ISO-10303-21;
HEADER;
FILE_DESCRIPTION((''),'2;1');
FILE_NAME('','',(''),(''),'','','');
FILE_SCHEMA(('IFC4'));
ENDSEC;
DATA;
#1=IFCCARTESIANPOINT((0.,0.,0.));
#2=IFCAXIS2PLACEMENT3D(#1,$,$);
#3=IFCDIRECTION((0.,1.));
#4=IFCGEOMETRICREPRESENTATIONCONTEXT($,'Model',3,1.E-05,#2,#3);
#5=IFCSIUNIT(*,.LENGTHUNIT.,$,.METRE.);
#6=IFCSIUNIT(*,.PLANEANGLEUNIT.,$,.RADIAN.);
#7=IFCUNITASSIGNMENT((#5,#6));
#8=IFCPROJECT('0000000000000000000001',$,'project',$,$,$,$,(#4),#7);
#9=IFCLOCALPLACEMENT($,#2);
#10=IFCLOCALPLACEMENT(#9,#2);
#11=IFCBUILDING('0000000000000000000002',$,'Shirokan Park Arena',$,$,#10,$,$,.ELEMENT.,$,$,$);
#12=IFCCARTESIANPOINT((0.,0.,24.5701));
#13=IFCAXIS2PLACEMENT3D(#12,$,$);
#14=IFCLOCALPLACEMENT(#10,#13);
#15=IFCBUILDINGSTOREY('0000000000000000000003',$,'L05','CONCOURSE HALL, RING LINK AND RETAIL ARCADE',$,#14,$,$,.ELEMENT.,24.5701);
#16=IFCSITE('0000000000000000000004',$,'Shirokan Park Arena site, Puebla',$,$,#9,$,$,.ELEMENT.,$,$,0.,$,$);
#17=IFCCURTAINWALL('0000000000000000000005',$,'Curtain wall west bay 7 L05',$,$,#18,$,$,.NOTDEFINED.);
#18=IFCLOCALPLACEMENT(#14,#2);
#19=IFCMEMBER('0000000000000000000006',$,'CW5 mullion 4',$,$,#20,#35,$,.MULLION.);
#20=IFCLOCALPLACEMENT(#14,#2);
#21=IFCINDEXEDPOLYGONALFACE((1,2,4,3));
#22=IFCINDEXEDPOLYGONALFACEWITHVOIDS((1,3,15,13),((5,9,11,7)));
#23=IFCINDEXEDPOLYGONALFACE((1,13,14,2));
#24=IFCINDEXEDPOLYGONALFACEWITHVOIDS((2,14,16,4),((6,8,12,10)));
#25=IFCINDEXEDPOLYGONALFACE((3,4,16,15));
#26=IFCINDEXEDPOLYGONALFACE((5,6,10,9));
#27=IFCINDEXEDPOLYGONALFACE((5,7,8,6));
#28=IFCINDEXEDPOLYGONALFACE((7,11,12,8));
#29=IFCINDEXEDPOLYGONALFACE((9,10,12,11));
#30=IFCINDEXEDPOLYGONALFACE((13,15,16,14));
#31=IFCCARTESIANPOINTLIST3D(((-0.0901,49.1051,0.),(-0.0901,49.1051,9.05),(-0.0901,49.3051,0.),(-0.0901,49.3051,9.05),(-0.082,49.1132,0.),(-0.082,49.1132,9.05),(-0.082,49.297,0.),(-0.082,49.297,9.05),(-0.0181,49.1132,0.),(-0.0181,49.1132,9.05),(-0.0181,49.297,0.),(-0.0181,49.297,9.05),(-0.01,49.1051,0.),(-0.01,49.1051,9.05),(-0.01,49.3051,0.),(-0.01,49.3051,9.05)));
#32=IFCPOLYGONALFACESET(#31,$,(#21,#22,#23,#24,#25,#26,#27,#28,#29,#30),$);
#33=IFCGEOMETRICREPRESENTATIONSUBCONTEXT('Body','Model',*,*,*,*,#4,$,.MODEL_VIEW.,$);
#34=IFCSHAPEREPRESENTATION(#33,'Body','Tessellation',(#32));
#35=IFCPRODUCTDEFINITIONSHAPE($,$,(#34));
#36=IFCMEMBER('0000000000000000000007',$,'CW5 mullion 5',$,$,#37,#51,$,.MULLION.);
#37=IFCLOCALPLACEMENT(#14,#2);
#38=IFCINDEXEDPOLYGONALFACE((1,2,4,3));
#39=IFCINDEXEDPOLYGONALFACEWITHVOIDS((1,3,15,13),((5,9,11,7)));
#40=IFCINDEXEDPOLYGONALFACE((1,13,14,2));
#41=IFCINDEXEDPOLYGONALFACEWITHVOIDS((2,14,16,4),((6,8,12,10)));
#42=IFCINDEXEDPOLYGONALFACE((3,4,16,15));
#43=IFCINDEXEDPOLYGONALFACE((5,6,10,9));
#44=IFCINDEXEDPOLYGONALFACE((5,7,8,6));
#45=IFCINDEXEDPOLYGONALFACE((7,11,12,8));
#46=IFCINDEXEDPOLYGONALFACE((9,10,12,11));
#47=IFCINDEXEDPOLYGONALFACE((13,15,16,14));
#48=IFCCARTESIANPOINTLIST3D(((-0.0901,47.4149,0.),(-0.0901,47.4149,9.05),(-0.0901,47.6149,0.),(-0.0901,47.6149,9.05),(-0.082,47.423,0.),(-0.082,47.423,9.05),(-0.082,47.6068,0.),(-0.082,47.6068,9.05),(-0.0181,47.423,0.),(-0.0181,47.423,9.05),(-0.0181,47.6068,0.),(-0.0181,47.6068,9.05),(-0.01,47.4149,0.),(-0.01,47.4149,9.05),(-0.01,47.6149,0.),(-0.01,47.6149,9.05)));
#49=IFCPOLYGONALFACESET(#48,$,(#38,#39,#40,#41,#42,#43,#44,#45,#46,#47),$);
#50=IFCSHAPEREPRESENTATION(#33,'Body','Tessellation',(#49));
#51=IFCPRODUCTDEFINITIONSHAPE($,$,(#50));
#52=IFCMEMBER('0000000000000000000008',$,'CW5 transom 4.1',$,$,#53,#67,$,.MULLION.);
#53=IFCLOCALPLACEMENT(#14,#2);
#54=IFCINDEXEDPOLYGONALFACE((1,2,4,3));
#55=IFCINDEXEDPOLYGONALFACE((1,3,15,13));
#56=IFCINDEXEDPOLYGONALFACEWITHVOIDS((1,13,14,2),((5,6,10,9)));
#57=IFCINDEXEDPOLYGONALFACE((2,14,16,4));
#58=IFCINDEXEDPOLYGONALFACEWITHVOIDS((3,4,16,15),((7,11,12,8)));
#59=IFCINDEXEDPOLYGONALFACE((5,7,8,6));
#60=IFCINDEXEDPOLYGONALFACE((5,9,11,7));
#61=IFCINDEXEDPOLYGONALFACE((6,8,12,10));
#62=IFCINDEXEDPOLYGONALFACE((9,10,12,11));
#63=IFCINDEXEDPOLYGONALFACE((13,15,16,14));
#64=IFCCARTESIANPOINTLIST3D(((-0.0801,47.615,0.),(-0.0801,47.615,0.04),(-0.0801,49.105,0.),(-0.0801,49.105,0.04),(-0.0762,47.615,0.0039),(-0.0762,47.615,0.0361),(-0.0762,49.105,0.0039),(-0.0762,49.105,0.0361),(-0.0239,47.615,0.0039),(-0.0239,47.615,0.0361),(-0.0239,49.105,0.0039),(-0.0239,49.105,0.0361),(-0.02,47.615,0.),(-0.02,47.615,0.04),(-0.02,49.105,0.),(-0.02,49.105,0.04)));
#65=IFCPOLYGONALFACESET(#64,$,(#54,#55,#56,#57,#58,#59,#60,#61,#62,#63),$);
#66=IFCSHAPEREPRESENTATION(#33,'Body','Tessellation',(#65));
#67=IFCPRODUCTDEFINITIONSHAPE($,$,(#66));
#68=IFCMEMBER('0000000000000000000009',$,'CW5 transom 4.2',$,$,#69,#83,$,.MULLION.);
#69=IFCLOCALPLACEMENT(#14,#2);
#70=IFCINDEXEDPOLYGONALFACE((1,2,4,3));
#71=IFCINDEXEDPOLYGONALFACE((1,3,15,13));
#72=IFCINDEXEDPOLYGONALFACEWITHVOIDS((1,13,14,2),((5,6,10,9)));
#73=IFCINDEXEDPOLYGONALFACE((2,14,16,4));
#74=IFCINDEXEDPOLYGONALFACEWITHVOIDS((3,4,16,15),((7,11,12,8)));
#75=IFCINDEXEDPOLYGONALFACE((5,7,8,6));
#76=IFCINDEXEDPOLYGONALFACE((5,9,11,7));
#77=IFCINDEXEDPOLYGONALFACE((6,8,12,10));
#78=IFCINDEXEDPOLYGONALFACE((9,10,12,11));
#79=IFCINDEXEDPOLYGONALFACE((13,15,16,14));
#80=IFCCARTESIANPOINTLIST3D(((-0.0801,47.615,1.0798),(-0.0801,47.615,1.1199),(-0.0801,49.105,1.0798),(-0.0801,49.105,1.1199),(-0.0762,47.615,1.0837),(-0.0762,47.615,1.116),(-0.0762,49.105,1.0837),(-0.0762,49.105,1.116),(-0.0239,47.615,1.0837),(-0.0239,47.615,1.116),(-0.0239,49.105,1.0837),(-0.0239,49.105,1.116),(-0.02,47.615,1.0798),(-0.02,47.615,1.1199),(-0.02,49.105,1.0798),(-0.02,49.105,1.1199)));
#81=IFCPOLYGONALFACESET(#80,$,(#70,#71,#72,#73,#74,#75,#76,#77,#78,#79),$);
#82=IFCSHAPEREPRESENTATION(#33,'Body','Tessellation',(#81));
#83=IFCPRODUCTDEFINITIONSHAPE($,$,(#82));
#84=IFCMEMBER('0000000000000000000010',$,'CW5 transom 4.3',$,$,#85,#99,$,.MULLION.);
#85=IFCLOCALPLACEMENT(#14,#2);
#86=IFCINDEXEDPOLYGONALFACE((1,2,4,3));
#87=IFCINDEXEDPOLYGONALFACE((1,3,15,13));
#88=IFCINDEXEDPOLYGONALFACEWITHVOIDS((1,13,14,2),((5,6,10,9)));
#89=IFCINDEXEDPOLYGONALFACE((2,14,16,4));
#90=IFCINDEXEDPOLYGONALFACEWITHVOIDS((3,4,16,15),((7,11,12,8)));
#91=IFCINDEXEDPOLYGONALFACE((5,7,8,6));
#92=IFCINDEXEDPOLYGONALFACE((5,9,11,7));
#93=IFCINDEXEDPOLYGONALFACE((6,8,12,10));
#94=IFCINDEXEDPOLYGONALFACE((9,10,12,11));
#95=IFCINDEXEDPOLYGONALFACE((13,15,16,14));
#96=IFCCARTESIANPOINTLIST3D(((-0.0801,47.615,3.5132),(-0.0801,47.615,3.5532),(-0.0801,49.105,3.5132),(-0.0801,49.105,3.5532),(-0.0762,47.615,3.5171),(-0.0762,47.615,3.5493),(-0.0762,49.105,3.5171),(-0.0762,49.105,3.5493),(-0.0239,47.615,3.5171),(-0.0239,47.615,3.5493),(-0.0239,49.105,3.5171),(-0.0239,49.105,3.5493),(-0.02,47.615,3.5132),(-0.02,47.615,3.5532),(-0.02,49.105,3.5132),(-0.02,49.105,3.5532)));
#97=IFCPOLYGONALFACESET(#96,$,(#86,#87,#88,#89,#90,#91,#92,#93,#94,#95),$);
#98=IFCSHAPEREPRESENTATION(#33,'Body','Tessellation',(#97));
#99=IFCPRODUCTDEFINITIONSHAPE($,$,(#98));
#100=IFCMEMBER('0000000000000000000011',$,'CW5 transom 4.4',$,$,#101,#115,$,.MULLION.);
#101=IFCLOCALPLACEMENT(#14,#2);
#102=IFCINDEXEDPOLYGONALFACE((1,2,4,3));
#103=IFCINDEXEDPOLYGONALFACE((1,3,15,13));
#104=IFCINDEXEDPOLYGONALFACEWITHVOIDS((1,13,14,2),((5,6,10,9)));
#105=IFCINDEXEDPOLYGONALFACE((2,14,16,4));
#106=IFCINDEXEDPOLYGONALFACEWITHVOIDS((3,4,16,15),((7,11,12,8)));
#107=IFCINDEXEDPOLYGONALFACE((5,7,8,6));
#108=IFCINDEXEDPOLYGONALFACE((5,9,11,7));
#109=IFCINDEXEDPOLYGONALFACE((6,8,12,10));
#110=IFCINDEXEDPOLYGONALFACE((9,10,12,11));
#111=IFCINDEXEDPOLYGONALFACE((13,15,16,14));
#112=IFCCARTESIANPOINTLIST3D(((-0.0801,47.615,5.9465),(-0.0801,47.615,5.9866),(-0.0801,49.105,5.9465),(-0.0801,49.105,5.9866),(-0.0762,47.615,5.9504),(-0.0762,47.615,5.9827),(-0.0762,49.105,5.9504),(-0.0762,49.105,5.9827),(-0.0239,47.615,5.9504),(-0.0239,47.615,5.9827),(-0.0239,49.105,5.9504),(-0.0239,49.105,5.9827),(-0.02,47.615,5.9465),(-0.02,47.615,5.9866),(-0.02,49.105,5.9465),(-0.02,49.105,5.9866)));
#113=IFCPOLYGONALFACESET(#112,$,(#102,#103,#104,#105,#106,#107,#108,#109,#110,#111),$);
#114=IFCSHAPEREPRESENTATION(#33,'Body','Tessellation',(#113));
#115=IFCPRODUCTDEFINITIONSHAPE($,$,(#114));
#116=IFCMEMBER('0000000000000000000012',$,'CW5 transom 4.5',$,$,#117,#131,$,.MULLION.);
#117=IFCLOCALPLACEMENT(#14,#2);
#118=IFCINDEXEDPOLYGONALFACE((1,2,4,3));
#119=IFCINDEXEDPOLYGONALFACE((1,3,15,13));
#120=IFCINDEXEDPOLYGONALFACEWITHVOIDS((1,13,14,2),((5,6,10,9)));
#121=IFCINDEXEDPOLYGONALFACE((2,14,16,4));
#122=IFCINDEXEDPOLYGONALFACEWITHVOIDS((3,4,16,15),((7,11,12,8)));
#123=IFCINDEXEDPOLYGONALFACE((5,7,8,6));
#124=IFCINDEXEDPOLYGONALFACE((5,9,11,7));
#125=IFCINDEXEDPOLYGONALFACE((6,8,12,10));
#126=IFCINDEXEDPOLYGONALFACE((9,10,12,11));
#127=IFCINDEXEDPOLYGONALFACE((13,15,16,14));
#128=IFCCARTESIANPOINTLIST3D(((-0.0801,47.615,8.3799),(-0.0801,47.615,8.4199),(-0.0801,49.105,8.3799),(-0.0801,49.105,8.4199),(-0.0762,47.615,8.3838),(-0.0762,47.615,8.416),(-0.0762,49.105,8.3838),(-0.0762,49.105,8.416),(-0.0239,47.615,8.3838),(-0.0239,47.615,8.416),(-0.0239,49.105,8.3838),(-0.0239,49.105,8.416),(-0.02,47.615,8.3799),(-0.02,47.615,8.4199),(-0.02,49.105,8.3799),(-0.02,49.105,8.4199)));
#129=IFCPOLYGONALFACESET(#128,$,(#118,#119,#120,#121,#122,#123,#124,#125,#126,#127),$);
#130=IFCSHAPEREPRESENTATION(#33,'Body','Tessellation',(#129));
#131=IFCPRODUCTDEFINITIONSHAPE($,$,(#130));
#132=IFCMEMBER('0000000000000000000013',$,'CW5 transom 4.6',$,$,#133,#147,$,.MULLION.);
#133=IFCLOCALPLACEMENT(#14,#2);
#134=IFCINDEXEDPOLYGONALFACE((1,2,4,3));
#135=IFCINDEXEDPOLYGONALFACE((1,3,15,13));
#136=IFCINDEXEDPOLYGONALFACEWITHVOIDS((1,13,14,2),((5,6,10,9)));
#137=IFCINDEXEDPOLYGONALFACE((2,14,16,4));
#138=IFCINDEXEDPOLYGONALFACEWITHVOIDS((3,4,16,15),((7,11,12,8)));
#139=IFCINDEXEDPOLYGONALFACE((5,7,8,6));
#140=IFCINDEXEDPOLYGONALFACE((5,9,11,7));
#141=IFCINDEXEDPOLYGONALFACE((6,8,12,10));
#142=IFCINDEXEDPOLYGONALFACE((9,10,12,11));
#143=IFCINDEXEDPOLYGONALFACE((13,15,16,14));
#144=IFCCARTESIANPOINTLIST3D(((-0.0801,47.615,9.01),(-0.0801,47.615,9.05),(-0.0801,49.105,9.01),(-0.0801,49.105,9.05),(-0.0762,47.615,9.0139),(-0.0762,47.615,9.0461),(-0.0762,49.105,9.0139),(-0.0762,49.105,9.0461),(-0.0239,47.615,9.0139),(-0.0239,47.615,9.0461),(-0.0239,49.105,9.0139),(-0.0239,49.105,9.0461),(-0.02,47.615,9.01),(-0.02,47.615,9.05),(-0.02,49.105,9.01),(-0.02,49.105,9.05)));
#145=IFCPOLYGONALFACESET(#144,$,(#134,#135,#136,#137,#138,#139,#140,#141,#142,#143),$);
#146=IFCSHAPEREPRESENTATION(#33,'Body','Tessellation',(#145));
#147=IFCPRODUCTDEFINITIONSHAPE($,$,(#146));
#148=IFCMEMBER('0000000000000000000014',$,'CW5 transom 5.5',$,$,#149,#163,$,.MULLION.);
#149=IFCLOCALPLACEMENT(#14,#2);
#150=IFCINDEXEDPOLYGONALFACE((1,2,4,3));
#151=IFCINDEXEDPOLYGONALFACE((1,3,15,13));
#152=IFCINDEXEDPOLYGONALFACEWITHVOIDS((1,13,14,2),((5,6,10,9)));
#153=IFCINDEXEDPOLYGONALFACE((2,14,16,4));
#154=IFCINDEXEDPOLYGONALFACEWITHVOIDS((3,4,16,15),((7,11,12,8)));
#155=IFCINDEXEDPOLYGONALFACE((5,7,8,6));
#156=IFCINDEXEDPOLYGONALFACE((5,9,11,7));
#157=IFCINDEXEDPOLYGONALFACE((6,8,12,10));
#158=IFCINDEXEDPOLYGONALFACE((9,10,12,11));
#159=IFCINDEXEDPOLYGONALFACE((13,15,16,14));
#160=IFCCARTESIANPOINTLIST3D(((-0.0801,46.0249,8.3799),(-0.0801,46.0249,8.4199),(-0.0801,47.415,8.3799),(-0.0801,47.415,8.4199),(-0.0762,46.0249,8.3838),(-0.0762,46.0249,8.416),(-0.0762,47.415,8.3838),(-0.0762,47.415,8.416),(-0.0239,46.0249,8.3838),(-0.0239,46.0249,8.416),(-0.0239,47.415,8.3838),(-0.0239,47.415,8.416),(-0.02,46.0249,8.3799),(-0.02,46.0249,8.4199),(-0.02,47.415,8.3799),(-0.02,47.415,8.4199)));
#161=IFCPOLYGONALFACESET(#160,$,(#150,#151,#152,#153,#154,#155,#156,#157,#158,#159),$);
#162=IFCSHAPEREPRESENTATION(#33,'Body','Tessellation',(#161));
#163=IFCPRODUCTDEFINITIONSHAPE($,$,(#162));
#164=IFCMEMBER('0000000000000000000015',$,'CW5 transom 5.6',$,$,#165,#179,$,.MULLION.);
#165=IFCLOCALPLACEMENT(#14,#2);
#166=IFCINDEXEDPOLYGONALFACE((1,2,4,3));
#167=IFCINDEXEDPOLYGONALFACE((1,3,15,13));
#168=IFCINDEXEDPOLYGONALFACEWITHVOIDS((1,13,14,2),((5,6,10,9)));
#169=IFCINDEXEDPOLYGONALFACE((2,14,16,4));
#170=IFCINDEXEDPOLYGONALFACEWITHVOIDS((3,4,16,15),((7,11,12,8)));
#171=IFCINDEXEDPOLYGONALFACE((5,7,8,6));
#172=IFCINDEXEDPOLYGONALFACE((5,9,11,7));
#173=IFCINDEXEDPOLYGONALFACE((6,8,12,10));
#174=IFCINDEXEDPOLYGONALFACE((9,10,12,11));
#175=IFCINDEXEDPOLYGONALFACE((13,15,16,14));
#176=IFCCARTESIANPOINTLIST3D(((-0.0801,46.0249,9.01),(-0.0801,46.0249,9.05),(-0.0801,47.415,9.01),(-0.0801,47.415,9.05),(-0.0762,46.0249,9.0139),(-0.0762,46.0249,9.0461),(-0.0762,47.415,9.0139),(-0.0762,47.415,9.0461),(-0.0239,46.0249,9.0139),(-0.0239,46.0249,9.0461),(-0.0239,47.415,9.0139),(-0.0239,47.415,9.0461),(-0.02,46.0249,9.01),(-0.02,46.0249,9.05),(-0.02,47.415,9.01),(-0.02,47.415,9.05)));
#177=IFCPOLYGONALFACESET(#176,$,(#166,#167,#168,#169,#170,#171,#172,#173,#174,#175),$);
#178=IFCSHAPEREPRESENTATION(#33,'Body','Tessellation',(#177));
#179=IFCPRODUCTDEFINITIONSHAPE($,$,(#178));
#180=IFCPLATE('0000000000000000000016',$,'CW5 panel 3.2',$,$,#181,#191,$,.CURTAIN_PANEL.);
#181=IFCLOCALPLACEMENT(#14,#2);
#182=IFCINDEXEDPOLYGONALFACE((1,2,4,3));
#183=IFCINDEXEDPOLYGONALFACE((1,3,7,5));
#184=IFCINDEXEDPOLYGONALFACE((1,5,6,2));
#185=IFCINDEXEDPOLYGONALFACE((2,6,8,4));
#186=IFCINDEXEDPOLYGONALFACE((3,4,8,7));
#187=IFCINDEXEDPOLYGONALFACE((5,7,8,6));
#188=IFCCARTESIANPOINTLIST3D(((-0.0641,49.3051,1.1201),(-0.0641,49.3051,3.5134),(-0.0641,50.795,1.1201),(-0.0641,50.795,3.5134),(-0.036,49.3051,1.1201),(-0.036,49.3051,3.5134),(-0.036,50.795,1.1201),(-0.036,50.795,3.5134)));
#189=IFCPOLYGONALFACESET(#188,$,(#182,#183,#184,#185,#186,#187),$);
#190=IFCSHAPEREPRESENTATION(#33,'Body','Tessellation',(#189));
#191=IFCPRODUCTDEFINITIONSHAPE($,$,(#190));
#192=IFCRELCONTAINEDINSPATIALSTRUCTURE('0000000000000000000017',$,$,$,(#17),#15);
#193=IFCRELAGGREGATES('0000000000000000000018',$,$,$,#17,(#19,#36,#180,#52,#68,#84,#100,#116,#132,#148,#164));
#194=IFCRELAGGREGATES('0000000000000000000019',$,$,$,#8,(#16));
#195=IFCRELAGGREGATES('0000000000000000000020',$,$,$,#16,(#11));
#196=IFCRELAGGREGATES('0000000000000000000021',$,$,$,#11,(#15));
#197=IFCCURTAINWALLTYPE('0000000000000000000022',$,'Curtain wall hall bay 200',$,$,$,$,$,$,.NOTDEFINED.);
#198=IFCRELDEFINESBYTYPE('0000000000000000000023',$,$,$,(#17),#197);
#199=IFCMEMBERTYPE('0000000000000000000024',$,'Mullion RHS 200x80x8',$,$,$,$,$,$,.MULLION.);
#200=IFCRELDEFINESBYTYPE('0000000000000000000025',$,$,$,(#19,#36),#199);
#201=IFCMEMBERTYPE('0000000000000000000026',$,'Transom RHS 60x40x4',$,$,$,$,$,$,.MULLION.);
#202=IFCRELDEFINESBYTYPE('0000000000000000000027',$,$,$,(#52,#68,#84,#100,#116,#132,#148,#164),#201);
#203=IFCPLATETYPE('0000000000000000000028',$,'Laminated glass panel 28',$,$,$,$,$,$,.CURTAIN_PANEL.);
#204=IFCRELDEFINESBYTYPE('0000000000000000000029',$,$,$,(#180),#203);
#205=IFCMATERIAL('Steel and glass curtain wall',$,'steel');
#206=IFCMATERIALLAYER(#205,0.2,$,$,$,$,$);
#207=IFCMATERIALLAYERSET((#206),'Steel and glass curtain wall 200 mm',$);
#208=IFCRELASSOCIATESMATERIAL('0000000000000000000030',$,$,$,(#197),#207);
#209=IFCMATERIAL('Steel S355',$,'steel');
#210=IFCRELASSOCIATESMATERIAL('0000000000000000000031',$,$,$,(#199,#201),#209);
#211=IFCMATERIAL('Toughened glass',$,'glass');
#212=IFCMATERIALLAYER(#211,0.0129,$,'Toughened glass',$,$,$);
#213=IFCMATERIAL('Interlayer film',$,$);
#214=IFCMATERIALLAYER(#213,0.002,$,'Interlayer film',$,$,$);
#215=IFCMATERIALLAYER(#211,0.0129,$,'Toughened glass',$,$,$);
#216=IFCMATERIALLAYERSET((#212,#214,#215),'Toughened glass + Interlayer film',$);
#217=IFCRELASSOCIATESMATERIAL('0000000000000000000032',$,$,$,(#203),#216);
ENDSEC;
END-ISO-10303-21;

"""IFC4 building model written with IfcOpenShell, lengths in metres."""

from ifc_helpers import new_model, si_unit, direction, frame, origin, origin_2d, place, context, subcontext, project, spatial, rectangle, hollow_rectangle, extrude, material, layer, layer_set, material_profile, profile_set, type_object, element, aggregate, save


model = new_model("IFC4")

# Units and contexts
model_context = context("Model", 3, precision=1e-05, world=origin(), true_north=direction((0.0, 1.0)))
body_context = subcontext(model_context, "Body", "Model", "MODEL_VIEW")
ifc_project = project(units=[si_unit("LENGTHUNIT", "METRE"), si_unit("PLANEANGLEUNIT", "RADIAN")], contexts=[model_context])

# Site, building, storey
site_placement = place(None, origin())
site = spatial("IfcSite", under=ifc_project, at=site_placement, Name="Shirokan Park Arena site, Puebla", CompositionType="ELEMENT", RefElevation=0.0)
building_placement = place(site_placement, origin())
building = spatial("IfcBuilding", under=site, at=building_placement, Name="Shirokan Park Arena", CompositionType="ELEMENT")
storey_placement = place(building_placement, frame((0.0, 0.0, 24.5701)))
storey = spatial("IfcBuildingStorey", under=building, at=storey_placement, Name="L05", Description="CONCOURSE HALL, RING LINK AND RETAIL ARCADE", CompositionType="ELEMENT", Elevation=24.5701)

# Curtain wall, members, plate
ifc_material_1 = material(Name="Steel and glass curtain wall", Category="steel")
ifc_layer_1 = layer(ifc_material_1, 0.2)
ifc_layer_set_1 = layer_set([ifc_layer_1], Name="Steel and glass curtain wall 200 mm")
curtain_wall_type = type_object("IfcCurtainWallType", Name="Curtain wall hall bay 200", PredefinedType="NOTDEFINED", material=ifc_layer_set_1)
curtain_wall_placement = place(storey_placement, origin())
curtain_wall = element("IfcCurtainWall", 1, at=curtain_wall_placement, inside=storey, type_object=curtain_wall_type, Name="Curtain wall west bay 7 L05", PredefinedType="NOTDEFINED")
ifc_material_2 = material(Name="Steel S355", Category="steel")
ifc_material_profile_1 = material_profile(ifc_material_2, hollow_rectangle(XDim=0.0801, YDim=0.2, WallThickness=0.0081, at=origin_2d()), Name="RHS 200x80x8")
ifc_profile_set_1 = profile_set([ifc_material_profile_1], Name="Steel S355")
member_type_1 = type_object("IfcMemberType", Name="Mullion RHS 200x80x8", PredefinedType="MULLION", material=ifc_profile_set_1)
member_1_placement = place(storey_placement, frame((-0.05, 49.2051, 0.0), z_axis=(0.0, 0.0, 1.0), x_axis=(1.0, 0.0, 0.0)))
member_1 = element("IfcMember", 2, at=member_1_placement, type_object=member_type_1, Name="CW5 mullion 4", PredefinedType="MULLION", context=body_context, shape_type="SweptSolid", body=[
    extrude(hollow_rectangle(XDim=0.0801, YDim=0.2, WallThickness=0.0081, at=origin_2d()), origin(), (0.0, 0.0, 1.0), 9.05),
])
member_2_placement = place(storey_placement, frame((-0.05, 47.5149, 0.0), z_axis=(0.0, 0.0, 1.0), x_axis=(1.0, 0.0, 0.0)))
member_2 = element("IfcMember", 3, at=member_2_placement, type_object=member_type_1, Name="CW5 mullion 5", PredefinedType="MULLION", context=body_context, shape_type="SweptSolid", body=[
    extrude(hollow_rectangle(XDim=0.0801, YDim=0.2, WallThickness=0.0081, at=origin_2d()), origin(), (0.0, 0.0, 1.0), 9.05),
])
ifc_material_profile_2 = material_profile(ifc_material_2, hollow_rectangle(XDim=0.0601, YDim=0.04, WallThickness=0.0039, at=origin_2d()), Name="RHS 60x40x4")
ifc_profile_set_2 = profile_set([ifc_material_profile_2], Name="Steel S355")
member_type_2 = type_object("IfcMemberType", Name="Transom RHS 60x40x4", PredefinedType="MULLION", material=ifc_profile_set_2)
member_3_placement = place(storey_placement, frame((-0.05, 49.105, 0.02), z_axis=(0.0, -1.0, 0.0), x_axis=(1.0, 0.0, 0.0)))
member_3 = element("IfcMember", 4, at=member_3_placement, type_object=member_type_2, Name="CW5 transom 4.1", PredefinedType="MULLION", context=body_context, shape_type="SweptSolid", body=[
    extrude(hollow_rectangle(XDim=0.0601, YDim=0.04, WallThickness=0.0039, at=origin_2d()), origin(), (0.0, 0.0, 1.0), 1.49),
])
member_4_placement = place(storey_placement, frame((-0.05, 49.105, 1.0999), z_axis=(0.0, -1.0, 0.0), x_axis=(1.0, 0.0, 0.0)))
member_4 = element("IfcMember", 5, at=member_4_placement, type_object=member_type_2, Name="CW5 transom 4.2", PredefinedType="MULLION", context=body_context, shape_type="SweptSolid", body=[
    extrude(hollow_rectangle(XDim=0.0601, YDim=0.04, WallThickness=0.0039, at=origin_2d()), origin(), (0.0, 0.0, 1.0), 1.49),
])
member_5_placement = place(storey_placement, frame((-0.05, 49.105, 3.5332), z_axis=(0.0, -1.0, 0.0), x_axis=(1.0, 0.0, 0.0)))
member_5 = element("IfcMember", 6, at=member_5_placement, type_object=member_type_2, Name="CW5 transom 4.3", PredefinedType="MULLION", context=body_context, shape_type="SweptSolid", body=[
    extrude(hollow_rectangle(XDim=0.0601, YDim=0.04, WallThickness=0.0039, at=origin_2d()), origin(), (0.0, 0.0, 1.0), 1.49),
])
member_6_placement = place(storey_placement, frame((-0.05, 49.105, 5.9666), z_axis=(0.0, -1.0, 0.0), x_axis=(1.0, 0.0, 0.0)))
member_6 = element("IfcMember", 7, at=member_6_placement, type_object=member_type_2, Name="CW5 transom 4.4", PredefinedType="MULLION", context=body_context, shape_type="SweptSolid", body=[
    extrude(hollow_rectangle(XDim=0.0601, YDim=0.04, WallThickness=0.0039, at=origin_2d()), origin(), (0.0, 0.0, 1.0), 1.49),
])
member_7_placement = place(storey_placement, frame((-0.05, 49.105, 8.3999), z_axis=(0.0, -1.0, 0.0), x_axis=(1.0, 0.0, 0.0)))
member_7 = element("IfcMember", 8, at=member_7_placement, type_object=member_type_2, Name="CW5 transom 4.5", PredefinedType="MULLION", context=body_context, shape_type="SweptSolid", body=[
    extrude(hollow_rectangle(XDim=0.0601, YDim=0.04, WallThickness=0.0039, at=origin_2d()), origin(), (0.0, 0.0, 1.0), 1.49),
])
member_8_placement = place(storey_placement, frame((-0.05, 49.105, 9.03), z_axis=(0.0, -1.0, 0.0), x_axis=(1.0, 0.0, 0.0)))
member_8 = element("IfcMember", 9, at=member_8_placement, type_object=member_type_2, Name="CW5 transom 4.6", PredefinedType="MULLION", context=body_context, shape_type="SweptSolid", body=[
    extrude(hollow_rectangle(XDim=0.0601, YDim=0.04, WallThickness=0.0039, at=origin_2d()), origin(), (0.0, 0.0, 1.0), 1.49),
])
member_9_placement = place(storey_placement, frame((-0.05, 47.415, 8.3999), z_axis=(0.0, -1.0, 0.0), x_axis=(1.0, 0.0, 0.0)))
member_9 = element("IfcMember", 10, at=member_9_placement, type_object=member_type_2, Name="CW5 transom 5.5", PredefinedType="MULLION", context=body_context, shape_type="SweptSolid", body=[
    extrude(hollow_rectangle(XDim=0.0601, YDim=0.04, WallThickness=0.0039, at=origin_2d()), origin(), (0.0, 0.0, 1.0), 1.3901),
])
member_10_placement = place(storey_placement, frame((-0.05, 47.415, 9.03), z_axis=(0.0, -1.0, 0.0), x_axis=(1.0, 0.0, 0.0)))
member_10 = element("IfcMember", 11, at=member_10_placement, type_object=member_type_2, Name="CW5 transom 5.6", PredefinedType="MULLION", context=body_context, shape_type="SweptSolid", body=[
    extrude(hollow_rectangle(XDim=0.0601, YDim=0.04, WallThickness=0.0039, at=origin_2d()), origin(), (0.0, 0.0, 1.0), 1.3901),
])
ifc_material_3 = material(Name="Toughened glass", Category="glass")
ifc_layer_2 = layer(ifc_material_3, 0.0129, Name="Toughened glass")
ifc_material_4 = material(Name="Interlayer film")
ifc_layer_3 = layer(ifc_material_4, 0.002, Name="Interlayer film")
ifc_layer_4 = layer(ifc_material_3, 0.0129, Name="Toughened glass")
ifc_layer_set_2 = layer_set([ifc_layer_2, ifc_layer_3, ifc_layer_4], Name="Toughened glass + Interlayer film")
plate_type_1 = type_object("IfcPlateType", Name="Laminated glass panel 28", PredefinedType="CURTAIN_PANEL", material=ifc_layer_set_2)
plate_1_placement = place(storey_placement, frame((-0.05, 50.05, 1.1201), z_axis=(0.0, 0.0, 1.0), x_axis=(0.0, -1.0, 0.0)))
plate_1 = element("IfcPlate", 12, at=plate_1_placement, type_object=plate_type_1, Name="CW5 panel 3.2", PredefinedType="CURTAIN_PANEL", context=body_context, shape_type="SweptSolid", body=[
    extrude(rectangle(XDim=1.49, YDim=0.0281, at=origin_2d()), origin(), (0.0, 0.0, 1.0), 2.3933),
])
aggregate(curtain_wall, [member_1, member_2, plate_1, member_3, member_4, member_5, member_6, member_7, member_8, member_9, member_10])

save(model, "model.ifc")
